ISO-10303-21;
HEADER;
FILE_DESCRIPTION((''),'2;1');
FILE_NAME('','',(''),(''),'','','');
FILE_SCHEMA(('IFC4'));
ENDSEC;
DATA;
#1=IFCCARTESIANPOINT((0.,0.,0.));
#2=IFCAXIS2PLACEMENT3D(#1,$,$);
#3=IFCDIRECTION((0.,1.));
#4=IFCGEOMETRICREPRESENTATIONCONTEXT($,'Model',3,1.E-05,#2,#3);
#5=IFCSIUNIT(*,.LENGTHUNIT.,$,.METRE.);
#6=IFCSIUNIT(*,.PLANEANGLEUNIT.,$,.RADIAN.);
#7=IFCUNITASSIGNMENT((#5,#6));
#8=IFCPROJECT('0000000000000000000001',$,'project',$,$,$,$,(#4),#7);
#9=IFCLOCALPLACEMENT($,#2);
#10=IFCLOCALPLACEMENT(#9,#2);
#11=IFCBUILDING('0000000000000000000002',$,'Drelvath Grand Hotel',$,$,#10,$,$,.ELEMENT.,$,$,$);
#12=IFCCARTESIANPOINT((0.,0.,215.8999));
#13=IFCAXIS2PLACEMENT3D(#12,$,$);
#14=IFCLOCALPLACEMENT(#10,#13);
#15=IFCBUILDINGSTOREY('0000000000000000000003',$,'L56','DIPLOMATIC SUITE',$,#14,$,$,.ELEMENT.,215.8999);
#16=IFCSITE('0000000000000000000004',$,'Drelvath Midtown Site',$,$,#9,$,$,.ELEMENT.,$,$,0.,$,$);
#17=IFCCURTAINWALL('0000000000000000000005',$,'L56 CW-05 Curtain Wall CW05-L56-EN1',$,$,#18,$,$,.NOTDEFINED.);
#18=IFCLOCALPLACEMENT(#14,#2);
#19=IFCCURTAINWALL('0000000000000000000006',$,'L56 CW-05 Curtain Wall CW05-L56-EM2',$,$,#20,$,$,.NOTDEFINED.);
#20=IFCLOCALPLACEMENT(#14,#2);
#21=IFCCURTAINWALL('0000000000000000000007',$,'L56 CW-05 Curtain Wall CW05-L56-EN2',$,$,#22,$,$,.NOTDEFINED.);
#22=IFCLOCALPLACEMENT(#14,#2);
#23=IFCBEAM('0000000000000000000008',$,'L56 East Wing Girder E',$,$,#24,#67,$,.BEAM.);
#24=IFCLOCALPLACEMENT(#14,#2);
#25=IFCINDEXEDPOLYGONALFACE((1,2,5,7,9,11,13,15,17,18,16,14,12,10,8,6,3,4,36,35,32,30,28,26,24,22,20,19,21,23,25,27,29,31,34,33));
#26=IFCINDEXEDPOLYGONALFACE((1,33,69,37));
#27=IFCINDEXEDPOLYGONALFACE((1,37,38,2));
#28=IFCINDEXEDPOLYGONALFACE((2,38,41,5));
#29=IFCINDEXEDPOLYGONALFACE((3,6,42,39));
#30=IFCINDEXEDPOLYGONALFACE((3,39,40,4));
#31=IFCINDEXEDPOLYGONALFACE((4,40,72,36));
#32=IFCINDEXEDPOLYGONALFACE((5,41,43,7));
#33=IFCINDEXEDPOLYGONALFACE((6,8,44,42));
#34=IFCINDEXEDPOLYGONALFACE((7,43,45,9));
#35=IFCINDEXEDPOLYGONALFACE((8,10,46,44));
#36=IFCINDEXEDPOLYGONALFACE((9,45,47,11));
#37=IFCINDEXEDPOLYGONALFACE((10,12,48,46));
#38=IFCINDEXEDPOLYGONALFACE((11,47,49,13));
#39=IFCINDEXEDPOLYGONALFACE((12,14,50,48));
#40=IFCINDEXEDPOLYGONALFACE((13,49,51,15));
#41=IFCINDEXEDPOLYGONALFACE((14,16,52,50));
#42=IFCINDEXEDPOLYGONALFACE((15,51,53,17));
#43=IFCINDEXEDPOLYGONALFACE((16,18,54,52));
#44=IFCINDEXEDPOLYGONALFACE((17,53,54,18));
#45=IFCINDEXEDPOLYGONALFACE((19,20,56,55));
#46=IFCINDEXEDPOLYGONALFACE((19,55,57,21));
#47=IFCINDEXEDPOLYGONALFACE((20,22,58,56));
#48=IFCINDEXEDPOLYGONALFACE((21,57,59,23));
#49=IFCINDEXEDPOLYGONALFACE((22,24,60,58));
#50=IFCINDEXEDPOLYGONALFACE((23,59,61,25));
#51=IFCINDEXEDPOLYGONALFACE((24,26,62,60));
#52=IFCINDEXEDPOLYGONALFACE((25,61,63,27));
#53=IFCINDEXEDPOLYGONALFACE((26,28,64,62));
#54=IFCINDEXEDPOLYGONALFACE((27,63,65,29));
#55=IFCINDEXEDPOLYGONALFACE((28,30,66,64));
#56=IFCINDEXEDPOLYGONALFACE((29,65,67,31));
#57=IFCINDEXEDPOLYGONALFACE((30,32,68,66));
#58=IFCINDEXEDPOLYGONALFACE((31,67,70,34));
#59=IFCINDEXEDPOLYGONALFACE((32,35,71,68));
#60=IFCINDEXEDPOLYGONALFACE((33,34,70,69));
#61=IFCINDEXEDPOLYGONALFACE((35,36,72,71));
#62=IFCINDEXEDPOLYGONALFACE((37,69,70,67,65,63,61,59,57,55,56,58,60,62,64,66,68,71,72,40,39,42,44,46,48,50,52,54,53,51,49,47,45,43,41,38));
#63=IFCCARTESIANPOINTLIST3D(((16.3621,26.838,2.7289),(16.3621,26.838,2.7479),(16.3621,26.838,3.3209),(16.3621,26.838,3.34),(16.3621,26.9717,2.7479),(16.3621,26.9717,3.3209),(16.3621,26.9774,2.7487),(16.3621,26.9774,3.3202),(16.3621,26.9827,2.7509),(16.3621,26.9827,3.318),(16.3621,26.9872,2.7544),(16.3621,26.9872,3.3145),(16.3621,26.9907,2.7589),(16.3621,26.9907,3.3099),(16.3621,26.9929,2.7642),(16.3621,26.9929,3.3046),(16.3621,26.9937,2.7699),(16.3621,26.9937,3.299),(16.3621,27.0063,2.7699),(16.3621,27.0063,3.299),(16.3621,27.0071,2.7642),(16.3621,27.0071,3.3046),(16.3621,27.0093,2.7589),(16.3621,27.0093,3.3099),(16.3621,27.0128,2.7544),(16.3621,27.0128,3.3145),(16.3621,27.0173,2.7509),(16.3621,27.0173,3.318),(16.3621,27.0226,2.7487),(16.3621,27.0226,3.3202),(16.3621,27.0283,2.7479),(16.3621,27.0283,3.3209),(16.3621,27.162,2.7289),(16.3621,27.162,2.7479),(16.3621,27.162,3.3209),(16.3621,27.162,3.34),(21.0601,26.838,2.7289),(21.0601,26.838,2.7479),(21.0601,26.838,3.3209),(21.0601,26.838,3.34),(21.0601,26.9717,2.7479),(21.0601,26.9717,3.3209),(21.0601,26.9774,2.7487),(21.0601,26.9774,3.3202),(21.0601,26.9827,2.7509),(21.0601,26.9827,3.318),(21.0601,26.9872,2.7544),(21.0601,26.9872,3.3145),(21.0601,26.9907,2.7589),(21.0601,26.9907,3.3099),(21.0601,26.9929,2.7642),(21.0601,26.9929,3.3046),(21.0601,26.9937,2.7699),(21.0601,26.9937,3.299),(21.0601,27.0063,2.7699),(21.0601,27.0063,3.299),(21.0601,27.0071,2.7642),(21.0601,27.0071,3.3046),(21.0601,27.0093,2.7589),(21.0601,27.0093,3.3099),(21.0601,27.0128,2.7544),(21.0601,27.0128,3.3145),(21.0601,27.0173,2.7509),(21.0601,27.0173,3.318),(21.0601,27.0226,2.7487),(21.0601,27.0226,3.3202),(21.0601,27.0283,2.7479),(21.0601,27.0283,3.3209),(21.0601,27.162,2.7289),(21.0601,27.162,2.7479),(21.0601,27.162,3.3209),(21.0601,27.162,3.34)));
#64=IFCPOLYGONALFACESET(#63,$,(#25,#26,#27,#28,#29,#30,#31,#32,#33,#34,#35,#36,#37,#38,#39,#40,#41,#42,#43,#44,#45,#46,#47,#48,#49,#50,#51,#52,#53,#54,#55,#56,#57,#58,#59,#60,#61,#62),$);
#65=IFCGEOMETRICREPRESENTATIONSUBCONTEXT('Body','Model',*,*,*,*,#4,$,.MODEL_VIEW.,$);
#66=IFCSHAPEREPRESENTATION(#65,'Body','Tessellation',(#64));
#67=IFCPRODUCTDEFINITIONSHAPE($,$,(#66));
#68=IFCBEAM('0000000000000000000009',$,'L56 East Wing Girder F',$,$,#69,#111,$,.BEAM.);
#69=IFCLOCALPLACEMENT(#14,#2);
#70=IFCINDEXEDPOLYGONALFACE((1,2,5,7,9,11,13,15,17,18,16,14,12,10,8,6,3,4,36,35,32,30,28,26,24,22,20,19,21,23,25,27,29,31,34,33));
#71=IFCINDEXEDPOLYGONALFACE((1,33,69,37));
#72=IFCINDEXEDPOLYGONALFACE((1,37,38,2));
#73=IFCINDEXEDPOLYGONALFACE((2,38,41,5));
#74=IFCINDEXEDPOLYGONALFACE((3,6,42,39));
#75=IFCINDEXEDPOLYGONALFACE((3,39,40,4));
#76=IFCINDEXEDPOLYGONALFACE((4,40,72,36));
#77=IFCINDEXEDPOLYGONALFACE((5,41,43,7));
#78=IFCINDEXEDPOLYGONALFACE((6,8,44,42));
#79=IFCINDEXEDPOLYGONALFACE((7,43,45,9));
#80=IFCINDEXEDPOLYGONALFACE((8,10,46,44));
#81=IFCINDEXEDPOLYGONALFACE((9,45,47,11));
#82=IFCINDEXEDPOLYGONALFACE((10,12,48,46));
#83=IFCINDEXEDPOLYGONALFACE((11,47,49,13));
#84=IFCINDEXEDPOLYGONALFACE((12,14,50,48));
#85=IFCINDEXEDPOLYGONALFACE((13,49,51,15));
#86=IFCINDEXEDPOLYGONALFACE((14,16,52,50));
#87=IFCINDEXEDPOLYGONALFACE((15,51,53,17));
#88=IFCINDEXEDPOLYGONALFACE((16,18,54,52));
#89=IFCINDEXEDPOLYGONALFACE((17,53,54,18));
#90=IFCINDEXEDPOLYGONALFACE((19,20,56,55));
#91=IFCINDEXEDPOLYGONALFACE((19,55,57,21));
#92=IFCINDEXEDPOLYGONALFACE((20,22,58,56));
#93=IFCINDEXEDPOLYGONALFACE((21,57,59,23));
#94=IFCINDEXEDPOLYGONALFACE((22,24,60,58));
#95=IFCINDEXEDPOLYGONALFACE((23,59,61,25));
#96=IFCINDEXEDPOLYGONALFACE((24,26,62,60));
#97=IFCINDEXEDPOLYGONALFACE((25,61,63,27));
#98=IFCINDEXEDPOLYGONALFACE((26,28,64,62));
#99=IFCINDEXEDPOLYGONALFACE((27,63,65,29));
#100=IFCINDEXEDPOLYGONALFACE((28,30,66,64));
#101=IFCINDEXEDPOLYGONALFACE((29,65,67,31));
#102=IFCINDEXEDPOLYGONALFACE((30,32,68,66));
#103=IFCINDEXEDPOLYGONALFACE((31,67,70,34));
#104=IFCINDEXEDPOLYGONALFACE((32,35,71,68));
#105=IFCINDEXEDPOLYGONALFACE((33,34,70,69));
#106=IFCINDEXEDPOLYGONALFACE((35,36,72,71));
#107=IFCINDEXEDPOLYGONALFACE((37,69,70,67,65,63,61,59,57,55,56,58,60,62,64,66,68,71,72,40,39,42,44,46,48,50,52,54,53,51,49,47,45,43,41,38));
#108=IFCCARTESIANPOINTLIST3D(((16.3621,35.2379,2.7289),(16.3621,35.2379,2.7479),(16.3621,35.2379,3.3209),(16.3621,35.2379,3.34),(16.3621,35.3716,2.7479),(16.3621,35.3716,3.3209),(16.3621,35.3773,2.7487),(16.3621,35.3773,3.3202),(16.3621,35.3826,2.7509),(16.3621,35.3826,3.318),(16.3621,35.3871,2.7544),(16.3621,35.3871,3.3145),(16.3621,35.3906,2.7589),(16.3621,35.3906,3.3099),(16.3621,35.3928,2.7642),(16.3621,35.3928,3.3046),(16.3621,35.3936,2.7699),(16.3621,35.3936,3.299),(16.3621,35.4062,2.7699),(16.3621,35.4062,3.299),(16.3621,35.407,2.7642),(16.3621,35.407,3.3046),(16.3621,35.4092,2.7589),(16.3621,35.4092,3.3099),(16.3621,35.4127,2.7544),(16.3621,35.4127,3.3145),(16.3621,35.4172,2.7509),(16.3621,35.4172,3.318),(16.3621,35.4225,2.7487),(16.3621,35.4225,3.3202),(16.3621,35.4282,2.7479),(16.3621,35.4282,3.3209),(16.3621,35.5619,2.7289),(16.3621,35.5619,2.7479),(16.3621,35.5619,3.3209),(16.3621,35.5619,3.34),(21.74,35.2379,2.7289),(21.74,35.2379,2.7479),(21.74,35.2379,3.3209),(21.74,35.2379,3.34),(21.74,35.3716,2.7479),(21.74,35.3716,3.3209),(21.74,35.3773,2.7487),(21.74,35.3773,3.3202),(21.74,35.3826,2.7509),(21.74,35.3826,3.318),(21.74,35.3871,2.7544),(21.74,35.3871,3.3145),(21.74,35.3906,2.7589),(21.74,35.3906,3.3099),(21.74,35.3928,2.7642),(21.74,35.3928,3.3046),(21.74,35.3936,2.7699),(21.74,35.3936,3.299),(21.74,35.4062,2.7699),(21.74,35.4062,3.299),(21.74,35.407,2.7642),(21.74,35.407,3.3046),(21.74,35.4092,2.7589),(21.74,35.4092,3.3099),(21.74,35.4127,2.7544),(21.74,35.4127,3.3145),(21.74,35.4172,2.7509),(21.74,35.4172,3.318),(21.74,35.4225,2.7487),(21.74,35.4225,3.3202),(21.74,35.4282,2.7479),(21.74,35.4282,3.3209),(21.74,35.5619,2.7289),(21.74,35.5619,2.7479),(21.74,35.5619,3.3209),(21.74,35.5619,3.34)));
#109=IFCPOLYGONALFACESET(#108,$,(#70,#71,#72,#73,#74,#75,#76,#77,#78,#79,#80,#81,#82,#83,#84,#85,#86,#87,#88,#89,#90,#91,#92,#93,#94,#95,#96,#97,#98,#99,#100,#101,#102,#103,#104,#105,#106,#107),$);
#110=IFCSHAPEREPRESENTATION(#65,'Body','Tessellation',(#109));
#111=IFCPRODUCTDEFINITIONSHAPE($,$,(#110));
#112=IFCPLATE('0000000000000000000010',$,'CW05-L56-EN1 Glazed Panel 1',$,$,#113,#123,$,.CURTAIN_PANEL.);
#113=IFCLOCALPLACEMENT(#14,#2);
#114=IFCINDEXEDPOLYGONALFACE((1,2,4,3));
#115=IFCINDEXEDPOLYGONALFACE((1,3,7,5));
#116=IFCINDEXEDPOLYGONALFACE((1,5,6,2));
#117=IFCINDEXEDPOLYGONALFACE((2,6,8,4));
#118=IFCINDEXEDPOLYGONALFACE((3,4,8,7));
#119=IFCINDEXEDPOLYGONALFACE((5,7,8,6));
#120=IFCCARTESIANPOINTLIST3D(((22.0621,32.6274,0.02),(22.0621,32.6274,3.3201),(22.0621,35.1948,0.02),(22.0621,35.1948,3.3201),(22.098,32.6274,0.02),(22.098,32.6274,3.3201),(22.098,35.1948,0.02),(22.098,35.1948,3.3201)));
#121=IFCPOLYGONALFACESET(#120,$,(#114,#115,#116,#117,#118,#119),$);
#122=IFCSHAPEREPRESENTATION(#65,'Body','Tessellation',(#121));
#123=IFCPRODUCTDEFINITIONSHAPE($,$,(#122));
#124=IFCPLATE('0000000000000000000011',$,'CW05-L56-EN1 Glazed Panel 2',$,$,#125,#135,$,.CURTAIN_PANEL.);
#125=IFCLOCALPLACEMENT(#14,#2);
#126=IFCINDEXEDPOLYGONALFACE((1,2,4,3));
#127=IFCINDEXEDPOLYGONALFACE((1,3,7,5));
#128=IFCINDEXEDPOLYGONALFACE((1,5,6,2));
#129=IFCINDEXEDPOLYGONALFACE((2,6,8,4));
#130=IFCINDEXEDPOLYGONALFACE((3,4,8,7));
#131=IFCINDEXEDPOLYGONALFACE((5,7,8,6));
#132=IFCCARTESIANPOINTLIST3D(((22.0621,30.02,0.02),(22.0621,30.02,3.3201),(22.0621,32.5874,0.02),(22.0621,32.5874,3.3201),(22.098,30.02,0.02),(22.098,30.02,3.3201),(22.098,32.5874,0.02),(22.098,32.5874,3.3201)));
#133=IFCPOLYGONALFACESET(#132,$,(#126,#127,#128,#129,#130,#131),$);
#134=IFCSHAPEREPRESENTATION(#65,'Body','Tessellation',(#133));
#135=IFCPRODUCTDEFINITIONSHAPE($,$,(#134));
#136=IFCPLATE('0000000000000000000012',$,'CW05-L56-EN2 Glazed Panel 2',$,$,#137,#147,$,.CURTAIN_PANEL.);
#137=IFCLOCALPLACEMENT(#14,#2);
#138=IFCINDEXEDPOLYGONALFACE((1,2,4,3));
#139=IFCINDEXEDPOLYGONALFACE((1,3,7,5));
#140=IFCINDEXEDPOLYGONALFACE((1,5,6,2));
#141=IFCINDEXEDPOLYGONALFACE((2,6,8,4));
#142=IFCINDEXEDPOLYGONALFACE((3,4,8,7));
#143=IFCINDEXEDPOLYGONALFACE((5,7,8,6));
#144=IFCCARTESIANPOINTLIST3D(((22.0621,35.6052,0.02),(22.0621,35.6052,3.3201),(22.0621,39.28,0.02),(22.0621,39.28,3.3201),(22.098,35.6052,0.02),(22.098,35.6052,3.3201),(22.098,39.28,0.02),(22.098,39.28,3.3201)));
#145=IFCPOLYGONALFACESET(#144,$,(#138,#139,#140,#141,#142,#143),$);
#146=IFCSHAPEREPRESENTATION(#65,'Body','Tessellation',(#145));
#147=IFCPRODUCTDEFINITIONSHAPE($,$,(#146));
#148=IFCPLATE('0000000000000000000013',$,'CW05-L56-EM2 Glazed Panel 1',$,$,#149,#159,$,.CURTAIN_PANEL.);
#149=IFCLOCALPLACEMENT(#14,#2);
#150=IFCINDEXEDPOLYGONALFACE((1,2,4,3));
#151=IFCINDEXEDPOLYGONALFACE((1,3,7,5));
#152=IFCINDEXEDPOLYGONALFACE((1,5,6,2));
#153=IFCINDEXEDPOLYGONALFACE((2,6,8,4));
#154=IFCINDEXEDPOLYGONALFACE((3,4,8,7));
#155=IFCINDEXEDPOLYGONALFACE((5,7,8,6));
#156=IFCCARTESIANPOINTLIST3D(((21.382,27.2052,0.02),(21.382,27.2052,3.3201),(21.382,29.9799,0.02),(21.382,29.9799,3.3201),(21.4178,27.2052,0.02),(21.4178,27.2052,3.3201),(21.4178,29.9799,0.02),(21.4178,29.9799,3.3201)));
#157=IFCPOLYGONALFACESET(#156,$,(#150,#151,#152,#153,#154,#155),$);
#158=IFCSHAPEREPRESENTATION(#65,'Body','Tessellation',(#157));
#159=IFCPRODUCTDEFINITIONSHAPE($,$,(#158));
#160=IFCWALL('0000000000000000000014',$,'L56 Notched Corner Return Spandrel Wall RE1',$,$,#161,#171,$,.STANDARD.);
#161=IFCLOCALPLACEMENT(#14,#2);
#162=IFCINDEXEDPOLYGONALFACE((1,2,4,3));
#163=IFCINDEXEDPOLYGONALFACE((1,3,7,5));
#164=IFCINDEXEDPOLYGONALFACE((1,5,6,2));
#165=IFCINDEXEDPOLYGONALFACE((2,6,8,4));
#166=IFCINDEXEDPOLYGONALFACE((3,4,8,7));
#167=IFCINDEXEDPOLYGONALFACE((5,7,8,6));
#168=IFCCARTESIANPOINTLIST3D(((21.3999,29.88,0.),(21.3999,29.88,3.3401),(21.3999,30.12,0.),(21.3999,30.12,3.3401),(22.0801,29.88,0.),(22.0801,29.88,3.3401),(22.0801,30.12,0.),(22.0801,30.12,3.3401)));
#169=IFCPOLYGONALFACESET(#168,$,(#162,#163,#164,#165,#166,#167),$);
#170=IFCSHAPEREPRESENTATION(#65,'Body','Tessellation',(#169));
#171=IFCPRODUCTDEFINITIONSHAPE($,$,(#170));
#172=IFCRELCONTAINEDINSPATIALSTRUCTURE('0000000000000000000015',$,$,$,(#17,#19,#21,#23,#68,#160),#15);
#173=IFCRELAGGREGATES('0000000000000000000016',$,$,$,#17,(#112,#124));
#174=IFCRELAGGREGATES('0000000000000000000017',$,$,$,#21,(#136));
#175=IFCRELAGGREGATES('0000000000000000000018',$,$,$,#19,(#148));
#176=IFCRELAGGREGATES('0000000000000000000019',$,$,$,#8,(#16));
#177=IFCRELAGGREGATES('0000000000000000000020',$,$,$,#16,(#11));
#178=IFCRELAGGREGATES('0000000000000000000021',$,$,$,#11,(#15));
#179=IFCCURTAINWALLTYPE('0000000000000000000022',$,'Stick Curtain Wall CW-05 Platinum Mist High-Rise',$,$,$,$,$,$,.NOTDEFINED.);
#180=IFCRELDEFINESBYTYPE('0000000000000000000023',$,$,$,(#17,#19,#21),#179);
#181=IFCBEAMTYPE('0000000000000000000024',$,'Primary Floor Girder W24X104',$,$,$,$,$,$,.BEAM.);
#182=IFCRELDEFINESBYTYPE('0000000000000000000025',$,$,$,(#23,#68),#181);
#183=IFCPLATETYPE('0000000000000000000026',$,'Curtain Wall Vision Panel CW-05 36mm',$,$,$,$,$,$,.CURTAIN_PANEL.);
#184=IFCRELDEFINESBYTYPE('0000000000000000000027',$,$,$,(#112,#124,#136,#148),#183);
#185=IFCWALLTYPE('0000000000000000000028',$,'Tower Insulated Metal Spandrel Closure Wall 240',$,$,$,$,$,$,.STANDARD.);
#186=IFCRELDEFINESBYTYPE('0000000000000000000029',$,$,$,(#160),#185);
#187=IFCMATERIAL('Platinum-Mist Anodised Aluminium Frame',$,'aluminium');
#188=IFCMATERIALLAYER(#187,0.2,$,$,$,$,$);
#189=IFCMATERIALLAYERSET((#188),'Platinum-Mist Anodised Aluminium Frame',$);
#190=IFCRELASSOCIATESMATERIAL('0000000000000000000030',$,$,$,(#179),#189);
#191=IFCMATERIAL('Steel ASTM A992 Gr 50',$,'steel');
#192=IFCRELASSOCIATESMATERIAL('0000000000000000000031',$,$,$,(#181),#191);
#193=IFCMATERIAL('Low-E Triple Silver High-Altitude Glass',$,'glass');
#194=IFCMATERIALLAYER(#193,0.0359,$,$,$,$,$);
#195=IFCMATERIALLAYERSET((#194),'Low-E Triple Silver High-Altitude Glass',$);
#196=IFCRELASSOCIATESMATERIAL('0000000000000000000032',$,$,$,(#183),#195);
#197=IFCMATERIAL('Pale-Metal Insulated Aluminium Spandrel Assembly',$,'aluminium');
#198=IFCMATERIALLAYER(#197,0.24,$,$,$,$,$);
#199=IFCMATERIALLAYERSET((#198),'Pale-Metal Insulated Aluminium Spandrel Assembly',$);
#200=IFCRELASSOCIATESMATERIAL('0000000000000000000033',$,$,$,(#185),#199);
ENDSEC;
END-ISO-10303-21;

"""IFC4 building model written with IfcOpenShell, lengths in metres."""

from ifc_helpers import new_model, si_unit, direction, frame, frame_2d, origin, origin_2d, place, context, subcontext, project, spatial, rectangle, i_section, extrude, material, layer, layer_set, material_profile, profile_set, type_object, element, aggregate, save


model = new_model("IFC4")

# Units and contexts
model_context = context("Model", 3, precision=1e-05, world=origin(), true_north=direction((0.0, 1.0)))
body_context = subcontext(model_context, "Body", "Model", "MODEL_VIEW")
ifc_project = project(units=[si_unit("LENGTHUNIT", "METRE"), si_unit("PLANEANGLEUNIT", "RADIAN")], contexts=[model_context])

# Site, building, storey
site_placement = place(None, origin())
site = spatial("IfcSite", under=ifc_project, at=site_placement, Name="Drelvath Midtown Site", CompositionType="ELEMENT", RefElevation=0.0)
building_placement = place(site_placement, origin())
building = spatial("IfcBuilding", under=site, at=building_placement, Name="Drelvath Grand Hotel", CompositionType="ELEMENT")
storey_placement = place(building_placement, frame((0.0, 0.0, 215.8999)))
storey = spatial("IfcBuildingStorey", under=building, at=storey_placement, Name="L56", Description="DIPLOMATIC SUITE", CompositionType="ELEMENT", Elevation=215.8999)

# Curtain walls
ifc_material_1 = material(Name="Platinum-Mist Anodised Aluminium Frame", Category="aluminium")
ifc_layer_1 = layer(ifc_material_1, 0.2)
ifc_layer_set_1 = layer_set([ifc_layer_1], Name="Platinum-Mist Anodised Aluminium Frame")
curtain_wall_type = type_object("IfcCurtainWallType", Name="Stick Curtain Wall CW-05 Platinum Mist High-Rise", PredefinedType="NOTDEFINED", material=ifc_layer_set_1)
curtain_wall_1_placement = place(storey_placement, origin())
curtain_wall_1 = element("IfcCurtainWall", 1, at=curtain_wall_1_placement, inside=storey, type_object=curtain_wall_type, Name="L56 CW-05 Curtain Wall CW05-L56-EN1", PredefinedType="NOTDEFINED")
curtain_wall_2_placement = place(storey_placement, origin())
curtain_wall_2 = element("IfcCurtainWall", 2, at=curtain_wall_2_placement, inside=storey, type_object=curtain_wall_type, Name="L56 CW-05 Curtain Wall CW05-L56-EM2", PredefinedType="NOTDEFINED")

# Curtain wall
curtain_wall_3_placement = place(storey_placement, origin())
curtain_wall_3 = element("IfcCurtainWall", 3, at=curtain_wall_3_placement, inside=storey, type_object=curtain_wall_type, Name="L56 CW-05 Curtain Wall CW05-L56-EN2", PredefinedType="NOTDEFINED")

# Beams
ifc_material_2 = material(Name="Steel ASTM A992 Gr 50", Category="steel")
ifc_material_profile_1 = material_profile(ifc_material_2, i_section(OverallWidth=0.324, OverallDepth=0.6111, WebThickness=0.0127, FlangeThickness=0.019, FilletRadius=0.022, at=origin_2d()), Name="W24X104")
ifc_profile_set_1 = profile_set([ifc_material_profile_1], Name="Steel ASTM A992 Gr 50")
beam_type_1 = type_object("IfcBeamType", Name="Primary Floor Girder W24X104", PredefinedType="BEAM", material=ifc_profile_set_1)
beam_1_placement = place(storey_placement, frame((16.3621, 27.0, 3.0344), z_axis=(1.0, 0.0, 0.0), x_axis=(0.0, 1.0, 0.0)))
element("IfcBeam", 4, at=beam_1_placement, inside=storey, type_object=beam_type_1, Name="L56 East Wing Girder E", PredefinedType="BEAM", context=body_context, shape_type="SweptSolid", body=[
    extrude(i_section(OverallWidth=0.324, OverallDepth=0.6111, WebThickness=0.0127, FlangeThickness=0.019, FilletRadius=0.022, at=origin_2d()), origin(), (0.0, 0.0, 1.0), 4.698),
])
beam_2_placement = place(storey_placement, frame((16.3621, 35.3999, 3.0344), z_axis=(1.0, 0.0, 0.0), x_axis=(0.0, 1.0, 0.0)))
element("IfcBeam", 5, at=beam_2_placement, inside=storey, type_object=beam_type_1, Name="L56 East Wing Girder F", PredefinedType="BEAM", context=body_context, shape_type="SweptSolid", body=[
    extrude(i_section(OverallWidth=0.324, OverallDepth=0.6111, WebThickness=0.0127, FlangeThickness=0.019, FilletRadius=0.022, at=origin_2d()), origin(), (0.0, 0.0, 1.0), 5.3779),
])

# Plates
ifc_material_3 = material(Name="Low-E Triple Silver High-Altitude Glass", Category="glass")
ifc_layer_2 = layer(ifc_material_3, 0.0359)
ifc_layer_set_2 = layer_set([ifc_layer_2], Name="Low-E Triple Silver High-Altitude Glass")
plate_type = type_object("IfcPlateType", Name="Curtain Wall Vision Panel CW-05 36mm", PredefinedType="CURTAIN_PANEL", material=ifc_layer_set_2)
plate_1_placement = place(storey_placement, frame((22.0801, 33.9111, 0.02), z_axis=(0.0, 0.0, 1.0), x_axis=(0.0, -1.0, 0.0)))
plate_1 = element("IfcPlate", 6, at=plate_1_placement, type_object=plate_type, Name="CW05-L56-EN1 Glazed Panel 1", PredefinedType="CURTAIN_PANEL", context=body_context, shape_type="SweptSolid", body=[
    extrude(rectangle(XDim=2.5674, YDim=0.0359, at=origin_2d()), origin(), (0.0, 0.0, 1.0), 3.3),
])
plate_2_placement = place(storey_placement, frame((22.0801, 31.3037, 0.02), z_axis=(0.0, 0.0, 1.0), x_axis=(0.0, -1.0, 0.0)))
plate_2 = element("IfcPlate", 7, at=plate_2_placement, type_object=plate_type, Name="CW05-L56-EN1 Glazed Panel 2", PredefinedType="CURTAIN_PANEL", context=body_context, shape_type="SweptSolid", body=[
    extrude(rectangle(XDim=2.5674, YDim=0.0359, at=origin_2d()), origin(), (0.0, 0.0, 1.0), 3.3),
])
aggregate(curtain_wall_1, [plate_1, plate_2])
plate_3_placement = place(storey_placement, frame((22.0801, 37.4426, 0.02), z_axis=(0.0, 0.0, 1.0), x_axis=(0.0, -1.0, 0.0)))
plate_3 = element("IfcPlate", 8, at=plate_3_placement, type_object=plate_type, Name="CW05-L56-EN2 Glazed Panel 2", PredefinedType="CURTAIN_PANEL", context=body_context, shape_type="SweptSolid", body=[
    extrude(rectangle(XDim=3.6748, YDim=0.0359, at=origin_2d()), origin(), (0.0, 0.0, 1.0), 3.3),
])
aggregate(curtain_wall_3, [plate_3])
plate_4_placement = place(storey_placement, frame((21.3999, 28.5925, 0.02), z_axis=(0.0, 0.0, 1.0), x_axis=(0.0, -1.0, 0.0)))
plate_4 = element("IfcPlate", 9, at=plate_4_placement, type_object=plate_type, Name="CW05-L56-EM2 Glazed Panel 1", PredefinedType="CURTAIN_PANEL", context=body_context, shape_type="SweptSolid", body=[
    extrude(rectangle(XDim=2.7747, YDim=0.0359, at=origin_2d()), origin(), (0.0, 0.0, 1.0), 3.3),
])
aggregate(curtain_wall_2, [plate_4])

# Wall
ifc_material_4 = material(Name="Pale-Metal Insulated Aluminium Spandrel Assembly", Category="aluminium")
ifc_layer_3 = layer(ifc_material_4, 0.24)
ifc_layer_set_3 = layer_set([ifc_layer_3], Name="Pale-Metal Insulated Aluminium Spandrel Assembly")
wall_type = type_object("IfcWallType", Name="Tower Insulated Metal Spandrel Closure Wall 240", PredefinedType="STANDARD", material=ifc_layer_set_3)
wall_placement = place(storey_placement, frame((22.0801, 30.0, 0.0), z_axis=(0.0, 0.0, 1.0), x_axis=(-1.0, 0.0, 0.0)))
element("IfcWall", 10, at=wall_placement, inside=storey, type_object=wall_type, Name="L56 Notched Corner Return Spandrel Wall RE1", PredefinedType="STANDARD", context=body_context, shape_type="SweptSolid", body=[
    extrude(rectangle(XDim=0.6802, YDim=0.24, at=frame_2d((0.3401, 0.0))), origin(), (0.0, 0.0, 1.0), 3.3401),
])

save(model, "model.ifc")
